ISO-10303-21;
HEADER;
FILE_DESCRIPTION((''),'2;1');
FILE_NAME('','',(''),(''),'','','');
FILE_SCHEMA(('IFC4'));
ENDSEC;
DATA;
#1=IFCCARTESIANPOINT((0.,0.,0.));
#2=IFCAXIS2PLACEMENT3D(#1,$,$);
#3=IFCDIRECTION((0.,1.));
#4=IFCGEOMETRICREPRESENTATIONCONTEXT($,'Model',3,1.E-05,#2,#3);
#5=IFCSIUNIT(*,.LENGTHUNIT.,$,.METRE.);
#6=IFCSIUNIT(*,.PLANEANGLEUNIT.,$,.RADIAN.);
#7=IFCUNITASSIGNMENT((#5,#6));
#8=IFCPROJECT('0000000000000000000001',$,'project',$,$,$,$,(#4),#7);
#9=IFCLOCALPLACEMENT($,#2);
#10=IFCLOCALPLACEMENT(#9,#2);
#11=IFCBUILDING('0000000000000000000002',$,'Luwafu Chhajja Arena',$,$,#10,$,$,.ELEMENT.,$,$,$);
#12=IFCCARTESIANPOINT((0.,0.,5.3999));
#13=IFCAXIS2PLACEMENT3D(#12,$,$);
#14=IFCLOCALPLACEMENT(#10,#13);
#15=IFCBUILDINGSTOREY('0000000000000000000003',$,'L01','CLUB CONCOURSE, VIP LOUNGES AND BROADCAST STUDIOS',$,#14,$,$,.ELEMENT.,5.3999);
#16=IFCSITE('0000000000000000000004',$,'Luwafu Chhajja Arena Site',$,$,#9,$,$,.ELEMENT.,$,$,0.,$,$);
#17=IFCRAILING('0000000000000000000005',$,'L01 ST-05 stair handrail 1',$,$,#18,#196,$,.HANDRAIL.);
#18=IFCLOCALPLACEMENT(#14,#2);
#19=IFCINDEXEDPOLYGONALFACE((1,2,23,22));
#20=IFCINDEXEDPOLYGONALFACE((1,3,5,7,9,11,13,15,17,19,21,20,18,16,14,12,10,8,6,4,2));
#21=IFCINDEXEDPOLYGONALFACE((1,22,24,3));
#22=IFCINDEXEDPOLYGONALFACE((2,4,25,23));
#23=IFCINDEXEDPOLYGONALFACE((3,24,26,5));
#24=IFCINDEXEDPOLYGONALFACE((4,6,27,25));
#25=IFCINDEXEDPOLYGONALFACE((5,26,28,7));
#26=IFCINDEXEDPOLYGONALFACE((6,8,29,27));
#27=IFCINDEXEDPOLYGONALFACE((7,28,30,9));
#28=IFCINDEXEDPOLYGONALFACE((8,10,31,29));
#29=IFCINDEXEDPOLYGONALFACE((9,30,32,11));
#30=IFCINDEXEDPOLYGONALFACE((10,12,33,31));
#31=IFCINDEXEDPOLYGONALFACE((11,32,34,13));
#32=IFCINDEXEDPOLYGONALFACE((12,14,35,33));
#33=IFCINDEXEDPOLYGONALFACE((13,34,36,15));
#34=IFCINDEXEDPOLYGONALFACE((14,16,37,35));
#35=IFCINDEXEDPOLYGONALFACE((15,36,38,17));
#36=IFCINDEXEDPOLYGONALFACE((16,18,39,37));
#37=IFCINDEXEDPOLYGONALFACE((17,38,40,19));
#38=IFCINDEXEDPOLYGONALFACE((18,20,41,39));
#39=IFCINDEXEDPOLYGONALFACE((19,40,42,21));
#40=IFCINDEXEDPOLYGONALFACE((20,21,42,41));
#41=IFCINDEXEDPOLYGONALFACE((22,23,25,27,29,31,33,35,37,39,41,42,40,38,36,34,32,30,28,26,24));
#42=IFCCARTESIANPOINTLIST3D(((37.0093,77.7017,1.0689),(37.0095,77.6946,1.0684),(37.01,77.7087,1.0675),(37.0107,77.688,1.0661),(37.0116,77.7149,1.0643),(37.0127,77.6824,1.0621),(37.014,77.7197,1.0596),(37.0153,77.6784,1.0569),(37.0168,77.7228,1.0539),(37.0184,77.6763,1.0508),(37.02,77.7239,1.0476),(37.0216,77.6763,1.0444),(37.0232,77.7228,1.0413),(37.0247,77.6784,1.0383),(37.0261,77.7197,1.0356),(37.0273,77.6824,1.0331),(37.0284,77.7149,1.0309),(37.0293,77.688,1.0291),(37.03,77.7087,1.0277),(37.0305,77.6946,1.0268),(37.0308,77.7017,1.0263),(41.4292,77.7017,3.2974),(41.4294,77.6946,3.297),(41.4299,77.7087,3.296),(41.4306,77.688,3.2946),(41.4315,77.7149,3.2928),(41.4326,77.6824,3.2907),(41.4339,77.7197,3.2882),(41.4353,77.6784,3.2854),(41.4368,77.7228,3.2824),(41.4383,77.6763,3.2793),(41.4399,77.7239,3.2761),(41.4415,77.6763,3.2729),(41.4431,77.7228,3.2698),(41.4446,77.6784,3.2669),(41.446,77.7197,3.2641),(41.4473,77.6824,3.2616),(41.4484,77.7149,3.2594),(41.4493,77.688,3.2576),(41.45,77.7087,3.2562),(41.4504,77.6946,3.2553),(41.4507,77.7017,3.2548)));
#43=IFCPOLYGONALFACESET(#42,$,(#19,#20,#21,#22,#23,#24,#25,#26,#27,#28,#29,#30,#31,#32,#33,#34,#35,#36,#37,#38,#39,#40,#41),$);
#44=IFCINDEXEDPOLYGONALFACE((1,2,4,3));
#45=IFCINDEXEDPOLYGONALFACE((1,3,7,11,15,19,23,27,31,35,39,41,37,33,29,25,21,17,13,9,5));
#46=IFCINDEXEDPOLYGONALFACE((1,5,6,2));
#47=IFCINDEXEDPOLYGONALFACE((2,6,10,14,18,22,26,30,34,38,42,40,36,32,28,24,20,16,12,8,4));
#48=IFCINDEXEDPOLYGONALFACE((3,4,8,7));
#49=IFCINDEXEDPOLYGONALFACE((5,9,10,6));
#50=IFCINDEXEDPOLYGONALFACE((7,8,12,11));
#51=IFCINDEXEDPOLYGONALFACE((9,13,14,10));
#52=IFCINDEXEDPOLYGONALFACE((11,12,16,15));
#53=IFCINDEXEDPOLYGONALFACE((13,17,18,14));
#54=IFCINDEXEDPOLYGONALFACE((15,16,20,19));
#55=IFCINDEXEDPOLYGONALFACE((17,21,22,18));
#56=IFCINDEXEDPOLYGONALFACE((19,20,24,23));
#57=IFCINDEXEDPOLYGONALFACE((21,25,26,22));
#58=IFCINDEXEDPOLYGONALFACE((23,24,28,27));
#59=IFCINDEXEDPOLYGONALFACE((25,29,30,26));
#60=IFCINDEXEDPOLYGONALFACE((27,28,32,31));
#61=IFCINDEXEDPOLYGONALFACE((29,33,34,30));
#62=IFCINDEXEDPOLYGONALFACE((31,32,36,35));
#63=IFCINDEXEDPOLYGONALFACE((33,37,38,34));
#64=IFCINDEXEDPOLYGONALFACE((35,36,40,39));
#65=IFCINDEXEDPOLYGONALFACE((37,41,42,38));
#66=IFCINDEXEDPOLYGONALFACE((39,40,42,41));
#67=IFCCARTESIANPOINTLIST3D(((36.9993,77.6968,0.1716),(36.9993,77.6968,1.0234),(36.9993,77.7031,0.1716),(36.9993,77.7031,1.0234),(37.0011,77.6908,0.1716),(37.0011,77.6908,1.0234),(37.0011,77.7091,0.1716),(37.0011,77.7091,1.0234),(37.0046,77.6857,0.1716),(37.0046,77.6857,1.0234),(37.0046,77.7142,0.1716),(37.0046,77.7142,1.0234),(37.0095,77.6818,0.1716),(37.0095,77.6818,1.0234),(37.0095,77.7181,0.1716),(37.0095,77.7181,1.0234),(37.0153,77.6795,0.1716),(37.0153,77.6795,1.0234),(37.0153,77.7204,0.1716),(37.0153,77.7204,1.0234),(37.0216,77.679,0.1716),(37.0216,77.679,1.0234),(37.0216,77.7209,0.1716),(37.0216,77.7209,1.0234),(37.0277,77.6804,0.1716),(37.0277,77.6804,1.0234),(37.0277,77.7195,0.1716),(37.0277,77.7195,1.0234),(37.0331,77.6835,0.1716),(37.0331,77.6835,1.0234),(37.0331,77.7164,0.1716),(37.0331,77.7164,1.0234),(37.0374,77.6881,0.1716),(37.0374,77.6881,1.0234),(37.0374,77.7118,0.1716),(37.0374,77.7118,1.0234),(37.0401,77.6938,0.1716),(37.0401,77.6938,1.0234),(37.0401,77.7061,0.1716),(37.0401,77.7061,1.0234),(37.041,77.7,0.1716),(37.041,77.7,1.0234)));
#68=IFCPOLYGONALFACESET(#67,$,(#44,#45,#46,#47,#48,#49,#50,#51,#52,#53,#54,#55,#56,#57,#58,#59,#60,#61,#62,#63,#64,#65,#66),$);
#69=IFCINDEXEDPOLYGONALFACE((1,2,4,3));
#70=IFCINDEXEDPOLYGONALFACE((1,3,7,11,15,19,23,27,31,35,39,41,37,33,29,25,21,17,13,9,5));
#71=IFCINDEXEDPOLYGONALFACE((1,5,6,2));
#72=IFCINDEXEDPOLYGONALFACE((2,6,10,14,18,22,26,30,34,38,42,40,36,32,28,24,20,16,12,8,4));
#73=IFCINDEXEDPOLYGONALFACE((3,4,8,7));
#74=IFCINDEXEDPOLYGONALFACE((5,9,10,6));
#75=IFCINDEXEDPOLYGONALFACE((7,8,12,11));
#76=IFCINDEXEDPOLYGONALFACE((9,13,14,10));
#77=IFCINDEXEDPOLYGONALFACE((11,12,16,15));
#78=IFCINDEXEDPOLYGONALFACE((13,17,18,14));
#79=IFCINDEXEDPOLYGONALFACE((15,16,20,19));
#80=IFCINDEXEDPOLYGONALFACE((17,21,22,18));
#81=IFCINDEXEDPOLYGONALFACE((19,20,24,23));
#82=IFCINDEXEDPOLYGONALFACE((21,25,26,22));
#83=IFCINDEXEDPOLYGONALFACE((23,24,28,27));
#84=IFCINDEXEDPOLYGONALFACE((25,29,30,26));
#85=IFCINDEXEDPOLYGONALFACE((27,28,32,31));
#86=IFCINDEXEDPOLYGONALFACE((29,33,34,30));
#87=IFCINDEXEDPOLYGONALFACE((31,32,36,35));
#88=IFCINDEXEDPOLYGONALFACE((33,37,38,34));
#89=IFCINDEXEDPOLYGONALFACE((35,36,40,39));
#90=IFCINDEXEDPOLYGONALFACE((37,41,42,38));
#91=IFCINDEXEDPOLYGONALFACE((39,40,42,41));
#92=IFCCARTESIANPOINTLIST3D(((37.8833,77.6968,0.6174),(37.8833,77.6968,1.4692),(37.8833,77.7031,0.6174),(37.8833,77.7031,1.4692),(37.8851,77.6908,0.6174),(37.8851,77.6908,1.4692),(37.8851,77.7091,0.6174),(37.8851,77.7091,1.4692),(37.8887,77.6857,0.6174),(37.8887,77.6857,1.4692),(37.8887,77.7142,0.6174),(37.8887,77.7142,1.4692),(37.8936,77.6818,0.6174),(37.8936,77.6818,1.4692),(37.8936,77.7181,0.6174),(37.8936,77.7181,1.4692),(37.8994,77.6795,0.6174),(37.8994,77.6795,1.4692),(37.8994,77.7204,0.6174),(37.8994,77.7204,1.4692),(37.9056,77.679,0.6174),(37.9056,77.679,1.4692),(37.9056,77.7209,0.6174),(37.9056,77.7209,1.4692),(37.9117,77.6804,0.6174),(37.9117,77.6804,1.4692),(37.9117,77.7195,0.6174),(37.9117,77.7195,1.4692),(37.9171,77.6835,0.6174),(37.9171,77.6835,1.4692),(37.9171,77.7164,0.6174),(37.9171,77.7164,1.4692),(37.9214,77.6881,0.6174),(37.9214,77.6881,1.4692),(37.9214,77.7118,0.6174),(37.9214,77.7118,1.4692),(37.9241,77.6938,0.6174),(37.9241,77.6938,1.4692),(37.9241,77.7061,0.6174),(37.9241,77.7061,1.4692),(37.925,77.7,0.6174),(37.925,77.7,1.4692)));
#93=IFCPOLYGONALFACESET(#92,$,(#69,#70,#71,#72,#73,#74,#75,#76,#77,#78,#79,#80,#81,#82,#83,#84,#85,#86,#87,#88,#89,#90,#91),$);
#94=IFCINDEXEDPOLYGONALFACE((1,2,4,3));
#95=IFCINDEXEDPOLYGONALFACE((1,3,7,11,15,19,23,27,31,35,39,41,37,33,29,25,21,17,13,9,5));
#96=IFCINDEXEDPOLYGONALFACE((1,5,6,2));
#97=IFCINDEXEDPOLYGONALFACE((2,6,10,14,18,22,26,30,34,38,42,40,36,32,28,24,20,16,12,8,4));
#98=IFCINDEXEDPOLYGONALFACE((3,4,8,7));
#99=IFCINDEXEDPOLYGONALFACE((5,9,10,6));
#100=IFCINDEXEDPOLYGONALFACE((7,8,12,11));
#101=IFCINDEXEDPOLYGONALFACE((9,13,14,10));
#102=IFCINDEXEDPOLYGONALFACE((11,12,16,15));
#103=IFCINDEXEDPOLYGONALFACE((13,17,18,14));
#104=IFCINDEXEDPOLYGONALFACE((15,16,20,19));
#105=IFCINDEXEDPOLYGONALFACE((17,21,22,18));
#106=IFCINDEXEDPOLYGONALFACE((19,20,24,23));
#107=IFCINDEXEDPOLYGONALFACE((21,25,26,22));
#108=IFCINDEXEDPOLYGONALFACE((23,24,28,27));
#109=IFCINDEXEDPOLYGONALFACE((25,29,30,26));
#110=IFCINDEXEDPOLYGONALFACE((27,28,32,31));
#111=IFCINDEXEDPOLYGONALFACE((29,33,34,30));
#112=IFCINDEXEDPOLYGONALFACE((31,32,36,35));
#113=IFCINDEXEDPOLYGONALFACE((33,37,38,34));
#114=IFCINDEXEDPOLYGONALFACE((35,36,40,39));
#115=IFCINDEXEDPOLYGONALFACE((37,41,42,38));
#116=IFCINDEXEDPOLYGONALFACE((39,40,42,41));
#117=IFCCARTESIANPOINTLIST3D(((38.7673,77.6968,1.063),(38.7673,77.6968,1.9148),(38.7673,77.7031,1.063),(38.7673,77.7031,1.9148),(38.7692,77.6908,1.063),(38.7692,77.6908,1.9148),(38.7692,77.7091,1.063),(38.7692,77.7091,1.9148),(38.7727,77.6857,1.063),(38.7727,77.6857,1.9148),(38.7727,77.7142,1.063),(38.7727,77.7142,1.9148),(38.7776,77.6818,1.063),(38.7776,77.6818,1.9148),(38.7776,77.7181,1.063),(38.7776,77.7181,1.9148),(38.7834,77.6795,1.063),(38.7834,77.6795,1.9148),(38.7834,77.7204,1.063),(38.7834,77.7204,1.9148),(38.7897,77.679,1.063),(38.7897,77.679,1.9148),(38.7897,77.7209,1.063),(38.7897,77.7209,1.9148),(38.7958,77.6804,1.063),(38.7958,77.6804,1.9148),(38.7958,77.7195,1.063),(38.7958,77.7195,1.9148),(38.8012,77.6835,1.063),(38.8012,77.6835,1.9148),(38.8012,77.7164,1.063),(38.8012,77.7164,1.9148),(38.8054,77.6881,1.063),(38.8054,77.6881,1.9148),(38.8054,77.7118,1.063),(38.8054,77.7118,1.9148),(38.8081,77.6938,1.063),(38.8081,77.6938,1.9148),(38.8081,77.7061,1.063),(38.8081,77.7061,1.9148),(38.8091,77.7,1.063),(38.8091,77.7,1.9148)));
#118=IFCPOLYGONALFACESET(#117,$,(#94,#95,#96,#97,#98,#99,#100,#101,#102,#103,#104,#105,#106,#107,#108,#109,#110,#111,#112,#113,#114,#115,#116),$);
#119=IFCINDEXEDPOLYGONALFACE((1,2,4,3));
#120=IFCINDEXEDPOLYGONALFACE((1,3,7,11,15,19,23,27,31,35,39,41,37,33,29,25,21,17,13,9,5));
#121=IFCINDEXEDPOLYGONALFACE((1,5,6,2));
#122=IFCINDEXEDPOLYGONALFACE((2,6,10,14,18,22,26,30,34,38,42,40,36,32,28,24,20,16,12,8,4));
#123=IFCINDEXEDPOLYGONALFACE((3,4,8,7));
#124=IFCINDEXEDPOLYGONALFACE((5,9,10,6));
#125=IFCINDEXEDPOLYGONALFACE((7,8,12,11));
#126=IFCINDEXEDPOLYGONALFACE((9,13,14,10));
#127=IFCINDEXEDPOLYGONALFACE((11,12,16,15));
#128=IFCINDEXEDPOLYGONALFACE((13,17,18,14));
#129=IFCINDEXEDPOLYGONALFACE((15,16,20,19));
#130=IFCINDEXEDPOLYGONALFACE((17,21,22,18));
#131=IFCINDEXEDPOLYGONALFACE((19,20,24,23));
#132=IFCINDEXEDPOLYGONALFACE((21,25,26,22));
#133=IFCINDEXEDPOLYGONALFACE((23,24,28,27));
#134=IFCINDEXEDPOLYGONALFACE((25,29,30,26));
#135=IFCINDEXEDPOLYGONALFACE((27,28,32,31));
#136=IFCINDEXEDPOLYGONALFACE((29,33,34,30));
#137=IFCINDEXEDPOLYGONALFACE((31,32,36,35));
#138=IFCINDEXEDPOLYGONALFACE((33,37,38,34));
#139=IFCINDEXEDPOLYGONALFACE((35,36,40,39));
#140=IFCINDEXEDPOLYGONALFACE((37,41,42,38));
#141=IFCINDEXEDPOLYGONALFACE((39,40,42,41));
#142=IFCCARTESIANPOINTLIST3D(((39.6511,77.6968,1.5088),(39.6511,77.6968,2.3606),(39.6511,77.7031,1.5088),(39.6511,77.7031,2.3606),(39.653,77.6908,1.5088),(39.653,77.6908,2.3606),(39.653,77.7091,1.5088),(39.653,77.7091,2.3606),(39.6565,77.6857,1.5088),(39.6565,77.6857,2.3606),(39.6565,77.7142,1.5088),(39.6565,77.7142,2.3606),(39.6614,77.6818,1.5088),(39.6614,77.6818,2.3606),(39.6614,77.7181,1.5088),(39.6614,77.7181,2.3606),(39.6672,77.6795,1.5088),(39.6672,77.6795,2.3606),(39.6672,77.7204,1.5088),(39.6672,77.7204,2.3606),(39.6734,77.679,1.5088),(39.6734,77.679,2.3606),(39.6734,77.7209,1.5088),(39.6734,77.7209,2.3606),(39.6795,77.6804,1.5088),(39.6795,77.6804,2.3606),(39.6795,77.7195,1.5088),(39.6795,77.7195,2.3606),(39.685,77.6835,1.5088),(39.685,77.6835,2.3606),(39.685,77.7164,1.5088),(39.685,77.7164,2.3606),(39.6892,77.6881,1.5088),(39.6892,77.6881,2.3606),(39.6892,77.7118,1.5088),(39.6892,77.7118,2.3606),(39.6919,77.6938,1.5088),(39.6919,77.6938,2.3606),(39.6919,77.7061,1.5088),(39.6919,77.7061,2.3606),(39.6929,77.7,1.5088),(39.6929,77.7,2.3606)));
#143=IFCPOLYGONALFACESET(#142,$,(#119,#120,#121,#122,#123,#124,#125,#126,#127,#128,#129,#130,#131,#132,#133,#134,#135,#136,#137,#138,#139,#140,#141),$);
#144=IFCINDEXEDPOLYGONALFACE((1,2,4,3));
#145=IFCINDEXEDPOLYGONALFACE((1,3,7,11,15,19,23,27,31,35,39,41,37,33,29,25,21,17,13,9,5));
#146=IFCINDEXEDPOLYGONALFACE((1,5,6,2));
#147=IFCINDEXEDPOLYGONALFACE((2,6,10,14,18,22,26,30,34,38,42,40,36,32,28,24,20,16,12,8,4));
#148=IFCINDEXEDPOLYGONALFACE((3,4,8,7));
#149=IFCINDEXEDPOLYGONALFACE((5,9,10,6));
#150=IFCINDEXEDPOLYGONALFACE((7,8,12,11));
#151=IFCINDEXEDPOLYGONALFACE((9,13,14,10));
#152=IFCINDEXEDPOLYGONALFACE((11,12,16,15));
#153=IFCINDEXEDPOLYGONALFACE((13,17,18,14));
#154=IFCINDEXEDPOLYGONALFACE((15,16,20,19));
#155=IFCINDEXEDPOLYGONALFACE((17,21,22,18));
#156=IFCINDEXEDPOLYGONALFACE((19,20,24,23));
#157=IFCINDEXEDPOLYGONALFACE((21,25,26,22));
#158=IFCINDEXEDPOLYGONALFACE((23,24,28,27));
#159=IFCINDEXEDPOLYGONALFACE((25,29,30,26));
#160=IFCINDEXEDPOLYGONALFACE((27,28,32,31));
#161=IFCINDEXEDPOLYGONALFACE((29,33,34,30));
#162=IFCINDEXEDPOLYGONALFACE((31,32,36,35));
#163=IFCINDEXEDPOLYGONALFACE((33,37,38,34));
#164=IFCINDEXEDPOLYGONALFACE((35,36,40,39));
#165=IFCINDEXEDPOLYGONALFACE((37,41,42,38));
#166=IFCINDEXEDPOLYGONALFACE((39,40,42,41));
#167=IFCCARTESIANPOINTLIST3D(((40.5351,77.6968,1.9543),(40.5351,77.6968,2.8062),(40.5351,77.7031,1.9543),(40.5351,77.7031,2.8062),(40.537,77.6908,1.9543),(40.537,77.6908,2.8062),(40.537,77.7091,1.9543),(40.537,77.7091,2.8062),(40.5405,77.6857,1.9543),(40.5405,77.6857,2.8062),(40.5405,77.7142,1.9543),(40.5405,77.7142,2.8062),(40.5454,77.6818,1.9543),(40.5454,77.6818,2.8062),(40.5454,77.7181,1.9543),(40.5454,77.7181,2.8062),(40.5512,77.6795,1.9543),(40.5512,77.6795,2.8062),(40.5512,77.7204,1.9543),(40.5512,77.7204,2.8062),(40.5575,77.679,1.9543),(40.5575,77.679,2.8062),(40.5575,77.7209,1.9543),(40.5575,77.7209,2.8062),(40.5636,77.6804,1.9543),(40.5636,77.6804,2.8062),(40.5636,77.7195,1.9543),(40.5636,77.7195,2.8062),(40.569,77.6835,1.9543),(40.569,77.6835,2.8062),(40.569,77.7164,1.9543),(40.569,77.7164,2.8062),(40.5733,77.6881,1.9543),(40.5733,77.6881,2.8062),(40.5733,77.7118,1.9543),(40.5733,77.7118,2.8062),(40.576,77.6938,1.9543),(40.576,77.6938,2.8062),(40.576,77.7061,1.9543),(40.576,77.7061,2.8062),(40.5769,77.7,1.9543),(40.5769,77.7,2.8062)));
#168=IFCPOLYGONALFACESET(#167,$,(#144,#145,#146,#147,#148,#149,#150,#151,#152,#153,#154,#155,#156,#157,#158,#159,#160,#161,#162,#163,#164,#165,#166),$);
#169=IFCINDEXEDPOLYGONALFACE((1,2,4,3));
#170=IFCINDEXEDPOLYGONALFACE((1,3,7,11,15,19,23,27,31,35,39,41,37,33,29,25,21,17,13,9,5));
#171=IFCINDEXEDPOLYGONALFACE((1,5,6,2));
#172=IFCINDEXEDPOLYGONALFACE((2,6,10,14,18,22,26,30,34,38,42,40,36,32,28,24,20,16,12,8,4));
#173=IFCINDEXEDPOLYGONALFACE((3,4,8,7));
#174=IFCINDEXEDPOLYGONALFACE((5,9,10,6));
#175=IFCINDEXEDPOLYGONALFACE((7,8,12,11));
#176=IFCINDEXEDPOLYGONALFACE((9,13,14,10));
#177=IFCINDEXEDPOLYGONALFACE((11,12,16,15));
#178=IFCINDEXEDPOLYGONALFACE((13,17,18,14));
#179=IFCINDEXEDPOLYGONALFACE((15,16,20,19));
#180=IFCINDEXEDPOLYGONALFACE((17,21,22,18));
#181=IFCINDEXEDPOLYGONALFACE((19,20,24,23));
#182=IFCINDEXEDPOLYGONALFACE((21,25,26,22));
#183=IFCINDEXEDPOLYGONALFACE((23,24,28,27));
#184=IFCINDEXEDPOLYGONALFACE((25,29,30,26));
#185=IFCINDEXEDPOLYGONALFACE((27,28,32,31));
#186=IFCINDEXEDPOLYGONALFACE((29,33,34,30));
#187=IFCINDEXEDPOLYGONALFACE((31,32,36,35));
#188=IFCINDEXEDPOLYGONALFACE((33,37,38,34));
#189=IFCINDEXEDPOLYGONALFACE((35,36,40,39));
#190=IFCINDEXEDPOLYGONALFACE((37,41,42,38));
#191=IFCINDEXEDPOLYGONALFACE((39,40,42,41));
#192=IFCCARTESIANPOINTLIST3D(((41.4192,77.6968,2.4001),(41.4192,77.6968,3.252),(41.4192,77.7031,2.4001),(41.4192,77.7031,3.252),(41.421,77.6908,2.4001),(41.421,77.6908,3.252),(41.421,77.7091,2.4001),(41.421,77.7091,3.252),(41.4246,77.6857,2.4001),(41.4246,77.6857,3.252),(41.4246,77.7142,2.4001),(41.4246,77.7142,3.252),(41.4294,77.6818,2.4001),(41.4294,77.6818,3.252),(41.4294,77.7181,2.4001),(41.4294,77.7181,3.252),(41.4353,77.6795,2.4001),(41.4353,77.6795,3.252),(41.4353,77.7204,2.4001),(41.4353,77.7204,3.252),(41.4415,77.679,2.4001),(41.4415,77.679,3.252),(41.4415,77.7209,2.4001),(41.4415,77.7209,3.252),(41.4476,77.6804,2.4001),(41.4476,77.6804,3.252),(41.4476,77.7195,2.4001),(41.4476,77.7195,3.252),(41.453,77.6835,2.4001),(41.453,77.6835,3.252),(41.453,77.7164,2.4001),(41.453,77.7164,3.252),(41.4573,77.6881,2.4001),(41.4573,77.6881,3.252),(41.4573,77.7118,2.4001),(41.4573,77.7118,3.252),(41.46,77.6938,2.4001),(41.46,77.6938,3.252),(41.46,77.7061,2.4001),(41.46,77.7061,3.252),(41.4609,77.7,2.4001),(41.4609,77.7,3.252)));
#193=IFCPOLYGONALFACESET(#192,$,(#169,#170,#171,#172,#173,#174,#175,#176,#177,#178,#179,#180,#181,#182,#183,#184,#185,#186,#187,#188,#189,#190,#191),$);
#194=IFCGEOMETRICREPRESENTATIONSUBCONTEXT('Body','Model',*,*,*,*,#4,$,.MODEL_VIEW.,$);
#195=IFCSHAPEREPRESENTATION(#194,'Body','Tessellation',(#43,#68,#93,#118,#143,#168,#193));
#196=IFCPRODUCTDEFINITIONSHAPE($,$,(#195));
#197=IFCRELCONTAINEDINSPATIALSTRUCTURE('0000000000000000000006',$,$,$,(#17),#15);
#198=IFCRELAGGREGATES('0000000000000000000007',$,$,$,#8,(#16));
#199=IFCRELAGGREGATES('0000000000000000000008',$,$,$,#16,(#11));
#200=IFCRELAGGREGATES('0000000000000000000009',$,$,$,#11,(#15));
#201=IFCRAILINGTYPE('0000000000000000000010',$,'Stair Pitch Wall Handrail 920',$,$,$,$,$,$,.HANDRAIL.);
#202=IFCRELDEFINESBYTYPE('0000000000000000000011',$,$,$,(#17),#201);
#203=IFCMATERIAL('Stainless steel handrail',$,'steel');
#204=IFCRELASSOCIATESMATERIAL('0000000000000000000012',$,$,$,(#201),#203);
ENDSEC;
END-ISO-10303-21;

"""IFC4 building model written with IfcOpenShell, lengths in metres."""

from ifc_helpers import new_model, si_unit, direction, frame, origin, origin_2d, place, context, subcontext, project, spatial, circle, extrude, material, type_object, element, save


model = new_model("IFC4")

# Units and contexts
model_context = context("Model", 3, precision=1e-05, world=origin(), true_north=direction((0.0, 1.0)))
body_context = subcontext(model_context, "Body", "Model", "MODEL_VIEW")
ifc_project = project(units=[si_unit("LENGTHUNIT", "METRE"), si_unit("PLANEANGLEUNIT", "RADIAN")], contexts=[model_context])

# Site, building, storey
site_placement = place(None, origin())
site = spatial("IfcSite", under=ifc_project, at=site_placement, Name="Luwafu Chhajja Arena Site", CompositionType="ELEMENT", RefElevation=0.0)
building_placement = place(site_placement, origin())
building = spatial("IfcBuilding", under=site, at=building_placement, Name="Luwafu Chhajja Arena", CompositionType="ELEMENT")
storey_placement = place(building_placement, frame((0.0, 0.0, 5.3999)))
storey = spatial("IfcBuildingStorey", under=building, at=storey_placement, Name="L01", Description="CLUB CONCOURSE, VIP LOUNGES AND BROADCAST STUDIOS", CompositionType="ELEMENT", Elevation=5.3999)

# Railing
ifc_material_1 = material(Name="Stainless steel handrail", Category="steel")
railing_type_1 = type_object("IfcRailingType", Name="Stair Pitch Wall Handrail 920", PredefinedType="HANDRAIL", material=ifc_material_1)
railing_1_placement = place(storey_placement, frame((37.02, 77.7, 0.1716)))
element("IfcRailing", 1, at=railing_1_placement, inside=storey, type_object=railing_type_1, Name="L01 ST-05 stair handrail 1", PredefinedType="HANDRAIL", context=body_context, shape_type="SweptSolid", body=[
    extrude(circle(Radius=0.0239, at=origin_2d()), frame((0.0, 0.0, 0.876), z_axis=(0.892923, 0.0, 0.45021), x_axis=(0.0, 1.0, 0.0)), (0.0, 0.0, 1.0), 4.95),
    extrude(circle(Radius=0.021, at=origin_2d()), origin(), (0.0, 0.0, 1.0), 0.8518),
    extrude(circle(Radius=0.021, at=origin_2d()), frame((0.884, 0.0, 0.4458)), (0.0, 0.0, 1.0), 0.8518),
    extrude(circle(Radius=0.021, at=origin_2d()), frame((1.7681, 0.0, 0.8914)), (0.0, 0.0, 1.0), 0.8518),
    extrude(circle(Radius=0.021, at=origin_2d()), frame((2.6519, 0.0, 1.3372)), (0.0, 0.0, 1.0), 0.8518),
    extrude(circle(Radius=0.021, at=origin_2d()), frame((3.5359, 0.0, 1.7827)), (0.0, 0.0, 1.0), 0.8518),
    extrude(circle(Radius=0.021, at=origin_2d()), frame((4.4199, 0.0, 2.2285)), (0.0, 0.0, 1.0), 0.8518),
])

save(model, "model.ifc")
